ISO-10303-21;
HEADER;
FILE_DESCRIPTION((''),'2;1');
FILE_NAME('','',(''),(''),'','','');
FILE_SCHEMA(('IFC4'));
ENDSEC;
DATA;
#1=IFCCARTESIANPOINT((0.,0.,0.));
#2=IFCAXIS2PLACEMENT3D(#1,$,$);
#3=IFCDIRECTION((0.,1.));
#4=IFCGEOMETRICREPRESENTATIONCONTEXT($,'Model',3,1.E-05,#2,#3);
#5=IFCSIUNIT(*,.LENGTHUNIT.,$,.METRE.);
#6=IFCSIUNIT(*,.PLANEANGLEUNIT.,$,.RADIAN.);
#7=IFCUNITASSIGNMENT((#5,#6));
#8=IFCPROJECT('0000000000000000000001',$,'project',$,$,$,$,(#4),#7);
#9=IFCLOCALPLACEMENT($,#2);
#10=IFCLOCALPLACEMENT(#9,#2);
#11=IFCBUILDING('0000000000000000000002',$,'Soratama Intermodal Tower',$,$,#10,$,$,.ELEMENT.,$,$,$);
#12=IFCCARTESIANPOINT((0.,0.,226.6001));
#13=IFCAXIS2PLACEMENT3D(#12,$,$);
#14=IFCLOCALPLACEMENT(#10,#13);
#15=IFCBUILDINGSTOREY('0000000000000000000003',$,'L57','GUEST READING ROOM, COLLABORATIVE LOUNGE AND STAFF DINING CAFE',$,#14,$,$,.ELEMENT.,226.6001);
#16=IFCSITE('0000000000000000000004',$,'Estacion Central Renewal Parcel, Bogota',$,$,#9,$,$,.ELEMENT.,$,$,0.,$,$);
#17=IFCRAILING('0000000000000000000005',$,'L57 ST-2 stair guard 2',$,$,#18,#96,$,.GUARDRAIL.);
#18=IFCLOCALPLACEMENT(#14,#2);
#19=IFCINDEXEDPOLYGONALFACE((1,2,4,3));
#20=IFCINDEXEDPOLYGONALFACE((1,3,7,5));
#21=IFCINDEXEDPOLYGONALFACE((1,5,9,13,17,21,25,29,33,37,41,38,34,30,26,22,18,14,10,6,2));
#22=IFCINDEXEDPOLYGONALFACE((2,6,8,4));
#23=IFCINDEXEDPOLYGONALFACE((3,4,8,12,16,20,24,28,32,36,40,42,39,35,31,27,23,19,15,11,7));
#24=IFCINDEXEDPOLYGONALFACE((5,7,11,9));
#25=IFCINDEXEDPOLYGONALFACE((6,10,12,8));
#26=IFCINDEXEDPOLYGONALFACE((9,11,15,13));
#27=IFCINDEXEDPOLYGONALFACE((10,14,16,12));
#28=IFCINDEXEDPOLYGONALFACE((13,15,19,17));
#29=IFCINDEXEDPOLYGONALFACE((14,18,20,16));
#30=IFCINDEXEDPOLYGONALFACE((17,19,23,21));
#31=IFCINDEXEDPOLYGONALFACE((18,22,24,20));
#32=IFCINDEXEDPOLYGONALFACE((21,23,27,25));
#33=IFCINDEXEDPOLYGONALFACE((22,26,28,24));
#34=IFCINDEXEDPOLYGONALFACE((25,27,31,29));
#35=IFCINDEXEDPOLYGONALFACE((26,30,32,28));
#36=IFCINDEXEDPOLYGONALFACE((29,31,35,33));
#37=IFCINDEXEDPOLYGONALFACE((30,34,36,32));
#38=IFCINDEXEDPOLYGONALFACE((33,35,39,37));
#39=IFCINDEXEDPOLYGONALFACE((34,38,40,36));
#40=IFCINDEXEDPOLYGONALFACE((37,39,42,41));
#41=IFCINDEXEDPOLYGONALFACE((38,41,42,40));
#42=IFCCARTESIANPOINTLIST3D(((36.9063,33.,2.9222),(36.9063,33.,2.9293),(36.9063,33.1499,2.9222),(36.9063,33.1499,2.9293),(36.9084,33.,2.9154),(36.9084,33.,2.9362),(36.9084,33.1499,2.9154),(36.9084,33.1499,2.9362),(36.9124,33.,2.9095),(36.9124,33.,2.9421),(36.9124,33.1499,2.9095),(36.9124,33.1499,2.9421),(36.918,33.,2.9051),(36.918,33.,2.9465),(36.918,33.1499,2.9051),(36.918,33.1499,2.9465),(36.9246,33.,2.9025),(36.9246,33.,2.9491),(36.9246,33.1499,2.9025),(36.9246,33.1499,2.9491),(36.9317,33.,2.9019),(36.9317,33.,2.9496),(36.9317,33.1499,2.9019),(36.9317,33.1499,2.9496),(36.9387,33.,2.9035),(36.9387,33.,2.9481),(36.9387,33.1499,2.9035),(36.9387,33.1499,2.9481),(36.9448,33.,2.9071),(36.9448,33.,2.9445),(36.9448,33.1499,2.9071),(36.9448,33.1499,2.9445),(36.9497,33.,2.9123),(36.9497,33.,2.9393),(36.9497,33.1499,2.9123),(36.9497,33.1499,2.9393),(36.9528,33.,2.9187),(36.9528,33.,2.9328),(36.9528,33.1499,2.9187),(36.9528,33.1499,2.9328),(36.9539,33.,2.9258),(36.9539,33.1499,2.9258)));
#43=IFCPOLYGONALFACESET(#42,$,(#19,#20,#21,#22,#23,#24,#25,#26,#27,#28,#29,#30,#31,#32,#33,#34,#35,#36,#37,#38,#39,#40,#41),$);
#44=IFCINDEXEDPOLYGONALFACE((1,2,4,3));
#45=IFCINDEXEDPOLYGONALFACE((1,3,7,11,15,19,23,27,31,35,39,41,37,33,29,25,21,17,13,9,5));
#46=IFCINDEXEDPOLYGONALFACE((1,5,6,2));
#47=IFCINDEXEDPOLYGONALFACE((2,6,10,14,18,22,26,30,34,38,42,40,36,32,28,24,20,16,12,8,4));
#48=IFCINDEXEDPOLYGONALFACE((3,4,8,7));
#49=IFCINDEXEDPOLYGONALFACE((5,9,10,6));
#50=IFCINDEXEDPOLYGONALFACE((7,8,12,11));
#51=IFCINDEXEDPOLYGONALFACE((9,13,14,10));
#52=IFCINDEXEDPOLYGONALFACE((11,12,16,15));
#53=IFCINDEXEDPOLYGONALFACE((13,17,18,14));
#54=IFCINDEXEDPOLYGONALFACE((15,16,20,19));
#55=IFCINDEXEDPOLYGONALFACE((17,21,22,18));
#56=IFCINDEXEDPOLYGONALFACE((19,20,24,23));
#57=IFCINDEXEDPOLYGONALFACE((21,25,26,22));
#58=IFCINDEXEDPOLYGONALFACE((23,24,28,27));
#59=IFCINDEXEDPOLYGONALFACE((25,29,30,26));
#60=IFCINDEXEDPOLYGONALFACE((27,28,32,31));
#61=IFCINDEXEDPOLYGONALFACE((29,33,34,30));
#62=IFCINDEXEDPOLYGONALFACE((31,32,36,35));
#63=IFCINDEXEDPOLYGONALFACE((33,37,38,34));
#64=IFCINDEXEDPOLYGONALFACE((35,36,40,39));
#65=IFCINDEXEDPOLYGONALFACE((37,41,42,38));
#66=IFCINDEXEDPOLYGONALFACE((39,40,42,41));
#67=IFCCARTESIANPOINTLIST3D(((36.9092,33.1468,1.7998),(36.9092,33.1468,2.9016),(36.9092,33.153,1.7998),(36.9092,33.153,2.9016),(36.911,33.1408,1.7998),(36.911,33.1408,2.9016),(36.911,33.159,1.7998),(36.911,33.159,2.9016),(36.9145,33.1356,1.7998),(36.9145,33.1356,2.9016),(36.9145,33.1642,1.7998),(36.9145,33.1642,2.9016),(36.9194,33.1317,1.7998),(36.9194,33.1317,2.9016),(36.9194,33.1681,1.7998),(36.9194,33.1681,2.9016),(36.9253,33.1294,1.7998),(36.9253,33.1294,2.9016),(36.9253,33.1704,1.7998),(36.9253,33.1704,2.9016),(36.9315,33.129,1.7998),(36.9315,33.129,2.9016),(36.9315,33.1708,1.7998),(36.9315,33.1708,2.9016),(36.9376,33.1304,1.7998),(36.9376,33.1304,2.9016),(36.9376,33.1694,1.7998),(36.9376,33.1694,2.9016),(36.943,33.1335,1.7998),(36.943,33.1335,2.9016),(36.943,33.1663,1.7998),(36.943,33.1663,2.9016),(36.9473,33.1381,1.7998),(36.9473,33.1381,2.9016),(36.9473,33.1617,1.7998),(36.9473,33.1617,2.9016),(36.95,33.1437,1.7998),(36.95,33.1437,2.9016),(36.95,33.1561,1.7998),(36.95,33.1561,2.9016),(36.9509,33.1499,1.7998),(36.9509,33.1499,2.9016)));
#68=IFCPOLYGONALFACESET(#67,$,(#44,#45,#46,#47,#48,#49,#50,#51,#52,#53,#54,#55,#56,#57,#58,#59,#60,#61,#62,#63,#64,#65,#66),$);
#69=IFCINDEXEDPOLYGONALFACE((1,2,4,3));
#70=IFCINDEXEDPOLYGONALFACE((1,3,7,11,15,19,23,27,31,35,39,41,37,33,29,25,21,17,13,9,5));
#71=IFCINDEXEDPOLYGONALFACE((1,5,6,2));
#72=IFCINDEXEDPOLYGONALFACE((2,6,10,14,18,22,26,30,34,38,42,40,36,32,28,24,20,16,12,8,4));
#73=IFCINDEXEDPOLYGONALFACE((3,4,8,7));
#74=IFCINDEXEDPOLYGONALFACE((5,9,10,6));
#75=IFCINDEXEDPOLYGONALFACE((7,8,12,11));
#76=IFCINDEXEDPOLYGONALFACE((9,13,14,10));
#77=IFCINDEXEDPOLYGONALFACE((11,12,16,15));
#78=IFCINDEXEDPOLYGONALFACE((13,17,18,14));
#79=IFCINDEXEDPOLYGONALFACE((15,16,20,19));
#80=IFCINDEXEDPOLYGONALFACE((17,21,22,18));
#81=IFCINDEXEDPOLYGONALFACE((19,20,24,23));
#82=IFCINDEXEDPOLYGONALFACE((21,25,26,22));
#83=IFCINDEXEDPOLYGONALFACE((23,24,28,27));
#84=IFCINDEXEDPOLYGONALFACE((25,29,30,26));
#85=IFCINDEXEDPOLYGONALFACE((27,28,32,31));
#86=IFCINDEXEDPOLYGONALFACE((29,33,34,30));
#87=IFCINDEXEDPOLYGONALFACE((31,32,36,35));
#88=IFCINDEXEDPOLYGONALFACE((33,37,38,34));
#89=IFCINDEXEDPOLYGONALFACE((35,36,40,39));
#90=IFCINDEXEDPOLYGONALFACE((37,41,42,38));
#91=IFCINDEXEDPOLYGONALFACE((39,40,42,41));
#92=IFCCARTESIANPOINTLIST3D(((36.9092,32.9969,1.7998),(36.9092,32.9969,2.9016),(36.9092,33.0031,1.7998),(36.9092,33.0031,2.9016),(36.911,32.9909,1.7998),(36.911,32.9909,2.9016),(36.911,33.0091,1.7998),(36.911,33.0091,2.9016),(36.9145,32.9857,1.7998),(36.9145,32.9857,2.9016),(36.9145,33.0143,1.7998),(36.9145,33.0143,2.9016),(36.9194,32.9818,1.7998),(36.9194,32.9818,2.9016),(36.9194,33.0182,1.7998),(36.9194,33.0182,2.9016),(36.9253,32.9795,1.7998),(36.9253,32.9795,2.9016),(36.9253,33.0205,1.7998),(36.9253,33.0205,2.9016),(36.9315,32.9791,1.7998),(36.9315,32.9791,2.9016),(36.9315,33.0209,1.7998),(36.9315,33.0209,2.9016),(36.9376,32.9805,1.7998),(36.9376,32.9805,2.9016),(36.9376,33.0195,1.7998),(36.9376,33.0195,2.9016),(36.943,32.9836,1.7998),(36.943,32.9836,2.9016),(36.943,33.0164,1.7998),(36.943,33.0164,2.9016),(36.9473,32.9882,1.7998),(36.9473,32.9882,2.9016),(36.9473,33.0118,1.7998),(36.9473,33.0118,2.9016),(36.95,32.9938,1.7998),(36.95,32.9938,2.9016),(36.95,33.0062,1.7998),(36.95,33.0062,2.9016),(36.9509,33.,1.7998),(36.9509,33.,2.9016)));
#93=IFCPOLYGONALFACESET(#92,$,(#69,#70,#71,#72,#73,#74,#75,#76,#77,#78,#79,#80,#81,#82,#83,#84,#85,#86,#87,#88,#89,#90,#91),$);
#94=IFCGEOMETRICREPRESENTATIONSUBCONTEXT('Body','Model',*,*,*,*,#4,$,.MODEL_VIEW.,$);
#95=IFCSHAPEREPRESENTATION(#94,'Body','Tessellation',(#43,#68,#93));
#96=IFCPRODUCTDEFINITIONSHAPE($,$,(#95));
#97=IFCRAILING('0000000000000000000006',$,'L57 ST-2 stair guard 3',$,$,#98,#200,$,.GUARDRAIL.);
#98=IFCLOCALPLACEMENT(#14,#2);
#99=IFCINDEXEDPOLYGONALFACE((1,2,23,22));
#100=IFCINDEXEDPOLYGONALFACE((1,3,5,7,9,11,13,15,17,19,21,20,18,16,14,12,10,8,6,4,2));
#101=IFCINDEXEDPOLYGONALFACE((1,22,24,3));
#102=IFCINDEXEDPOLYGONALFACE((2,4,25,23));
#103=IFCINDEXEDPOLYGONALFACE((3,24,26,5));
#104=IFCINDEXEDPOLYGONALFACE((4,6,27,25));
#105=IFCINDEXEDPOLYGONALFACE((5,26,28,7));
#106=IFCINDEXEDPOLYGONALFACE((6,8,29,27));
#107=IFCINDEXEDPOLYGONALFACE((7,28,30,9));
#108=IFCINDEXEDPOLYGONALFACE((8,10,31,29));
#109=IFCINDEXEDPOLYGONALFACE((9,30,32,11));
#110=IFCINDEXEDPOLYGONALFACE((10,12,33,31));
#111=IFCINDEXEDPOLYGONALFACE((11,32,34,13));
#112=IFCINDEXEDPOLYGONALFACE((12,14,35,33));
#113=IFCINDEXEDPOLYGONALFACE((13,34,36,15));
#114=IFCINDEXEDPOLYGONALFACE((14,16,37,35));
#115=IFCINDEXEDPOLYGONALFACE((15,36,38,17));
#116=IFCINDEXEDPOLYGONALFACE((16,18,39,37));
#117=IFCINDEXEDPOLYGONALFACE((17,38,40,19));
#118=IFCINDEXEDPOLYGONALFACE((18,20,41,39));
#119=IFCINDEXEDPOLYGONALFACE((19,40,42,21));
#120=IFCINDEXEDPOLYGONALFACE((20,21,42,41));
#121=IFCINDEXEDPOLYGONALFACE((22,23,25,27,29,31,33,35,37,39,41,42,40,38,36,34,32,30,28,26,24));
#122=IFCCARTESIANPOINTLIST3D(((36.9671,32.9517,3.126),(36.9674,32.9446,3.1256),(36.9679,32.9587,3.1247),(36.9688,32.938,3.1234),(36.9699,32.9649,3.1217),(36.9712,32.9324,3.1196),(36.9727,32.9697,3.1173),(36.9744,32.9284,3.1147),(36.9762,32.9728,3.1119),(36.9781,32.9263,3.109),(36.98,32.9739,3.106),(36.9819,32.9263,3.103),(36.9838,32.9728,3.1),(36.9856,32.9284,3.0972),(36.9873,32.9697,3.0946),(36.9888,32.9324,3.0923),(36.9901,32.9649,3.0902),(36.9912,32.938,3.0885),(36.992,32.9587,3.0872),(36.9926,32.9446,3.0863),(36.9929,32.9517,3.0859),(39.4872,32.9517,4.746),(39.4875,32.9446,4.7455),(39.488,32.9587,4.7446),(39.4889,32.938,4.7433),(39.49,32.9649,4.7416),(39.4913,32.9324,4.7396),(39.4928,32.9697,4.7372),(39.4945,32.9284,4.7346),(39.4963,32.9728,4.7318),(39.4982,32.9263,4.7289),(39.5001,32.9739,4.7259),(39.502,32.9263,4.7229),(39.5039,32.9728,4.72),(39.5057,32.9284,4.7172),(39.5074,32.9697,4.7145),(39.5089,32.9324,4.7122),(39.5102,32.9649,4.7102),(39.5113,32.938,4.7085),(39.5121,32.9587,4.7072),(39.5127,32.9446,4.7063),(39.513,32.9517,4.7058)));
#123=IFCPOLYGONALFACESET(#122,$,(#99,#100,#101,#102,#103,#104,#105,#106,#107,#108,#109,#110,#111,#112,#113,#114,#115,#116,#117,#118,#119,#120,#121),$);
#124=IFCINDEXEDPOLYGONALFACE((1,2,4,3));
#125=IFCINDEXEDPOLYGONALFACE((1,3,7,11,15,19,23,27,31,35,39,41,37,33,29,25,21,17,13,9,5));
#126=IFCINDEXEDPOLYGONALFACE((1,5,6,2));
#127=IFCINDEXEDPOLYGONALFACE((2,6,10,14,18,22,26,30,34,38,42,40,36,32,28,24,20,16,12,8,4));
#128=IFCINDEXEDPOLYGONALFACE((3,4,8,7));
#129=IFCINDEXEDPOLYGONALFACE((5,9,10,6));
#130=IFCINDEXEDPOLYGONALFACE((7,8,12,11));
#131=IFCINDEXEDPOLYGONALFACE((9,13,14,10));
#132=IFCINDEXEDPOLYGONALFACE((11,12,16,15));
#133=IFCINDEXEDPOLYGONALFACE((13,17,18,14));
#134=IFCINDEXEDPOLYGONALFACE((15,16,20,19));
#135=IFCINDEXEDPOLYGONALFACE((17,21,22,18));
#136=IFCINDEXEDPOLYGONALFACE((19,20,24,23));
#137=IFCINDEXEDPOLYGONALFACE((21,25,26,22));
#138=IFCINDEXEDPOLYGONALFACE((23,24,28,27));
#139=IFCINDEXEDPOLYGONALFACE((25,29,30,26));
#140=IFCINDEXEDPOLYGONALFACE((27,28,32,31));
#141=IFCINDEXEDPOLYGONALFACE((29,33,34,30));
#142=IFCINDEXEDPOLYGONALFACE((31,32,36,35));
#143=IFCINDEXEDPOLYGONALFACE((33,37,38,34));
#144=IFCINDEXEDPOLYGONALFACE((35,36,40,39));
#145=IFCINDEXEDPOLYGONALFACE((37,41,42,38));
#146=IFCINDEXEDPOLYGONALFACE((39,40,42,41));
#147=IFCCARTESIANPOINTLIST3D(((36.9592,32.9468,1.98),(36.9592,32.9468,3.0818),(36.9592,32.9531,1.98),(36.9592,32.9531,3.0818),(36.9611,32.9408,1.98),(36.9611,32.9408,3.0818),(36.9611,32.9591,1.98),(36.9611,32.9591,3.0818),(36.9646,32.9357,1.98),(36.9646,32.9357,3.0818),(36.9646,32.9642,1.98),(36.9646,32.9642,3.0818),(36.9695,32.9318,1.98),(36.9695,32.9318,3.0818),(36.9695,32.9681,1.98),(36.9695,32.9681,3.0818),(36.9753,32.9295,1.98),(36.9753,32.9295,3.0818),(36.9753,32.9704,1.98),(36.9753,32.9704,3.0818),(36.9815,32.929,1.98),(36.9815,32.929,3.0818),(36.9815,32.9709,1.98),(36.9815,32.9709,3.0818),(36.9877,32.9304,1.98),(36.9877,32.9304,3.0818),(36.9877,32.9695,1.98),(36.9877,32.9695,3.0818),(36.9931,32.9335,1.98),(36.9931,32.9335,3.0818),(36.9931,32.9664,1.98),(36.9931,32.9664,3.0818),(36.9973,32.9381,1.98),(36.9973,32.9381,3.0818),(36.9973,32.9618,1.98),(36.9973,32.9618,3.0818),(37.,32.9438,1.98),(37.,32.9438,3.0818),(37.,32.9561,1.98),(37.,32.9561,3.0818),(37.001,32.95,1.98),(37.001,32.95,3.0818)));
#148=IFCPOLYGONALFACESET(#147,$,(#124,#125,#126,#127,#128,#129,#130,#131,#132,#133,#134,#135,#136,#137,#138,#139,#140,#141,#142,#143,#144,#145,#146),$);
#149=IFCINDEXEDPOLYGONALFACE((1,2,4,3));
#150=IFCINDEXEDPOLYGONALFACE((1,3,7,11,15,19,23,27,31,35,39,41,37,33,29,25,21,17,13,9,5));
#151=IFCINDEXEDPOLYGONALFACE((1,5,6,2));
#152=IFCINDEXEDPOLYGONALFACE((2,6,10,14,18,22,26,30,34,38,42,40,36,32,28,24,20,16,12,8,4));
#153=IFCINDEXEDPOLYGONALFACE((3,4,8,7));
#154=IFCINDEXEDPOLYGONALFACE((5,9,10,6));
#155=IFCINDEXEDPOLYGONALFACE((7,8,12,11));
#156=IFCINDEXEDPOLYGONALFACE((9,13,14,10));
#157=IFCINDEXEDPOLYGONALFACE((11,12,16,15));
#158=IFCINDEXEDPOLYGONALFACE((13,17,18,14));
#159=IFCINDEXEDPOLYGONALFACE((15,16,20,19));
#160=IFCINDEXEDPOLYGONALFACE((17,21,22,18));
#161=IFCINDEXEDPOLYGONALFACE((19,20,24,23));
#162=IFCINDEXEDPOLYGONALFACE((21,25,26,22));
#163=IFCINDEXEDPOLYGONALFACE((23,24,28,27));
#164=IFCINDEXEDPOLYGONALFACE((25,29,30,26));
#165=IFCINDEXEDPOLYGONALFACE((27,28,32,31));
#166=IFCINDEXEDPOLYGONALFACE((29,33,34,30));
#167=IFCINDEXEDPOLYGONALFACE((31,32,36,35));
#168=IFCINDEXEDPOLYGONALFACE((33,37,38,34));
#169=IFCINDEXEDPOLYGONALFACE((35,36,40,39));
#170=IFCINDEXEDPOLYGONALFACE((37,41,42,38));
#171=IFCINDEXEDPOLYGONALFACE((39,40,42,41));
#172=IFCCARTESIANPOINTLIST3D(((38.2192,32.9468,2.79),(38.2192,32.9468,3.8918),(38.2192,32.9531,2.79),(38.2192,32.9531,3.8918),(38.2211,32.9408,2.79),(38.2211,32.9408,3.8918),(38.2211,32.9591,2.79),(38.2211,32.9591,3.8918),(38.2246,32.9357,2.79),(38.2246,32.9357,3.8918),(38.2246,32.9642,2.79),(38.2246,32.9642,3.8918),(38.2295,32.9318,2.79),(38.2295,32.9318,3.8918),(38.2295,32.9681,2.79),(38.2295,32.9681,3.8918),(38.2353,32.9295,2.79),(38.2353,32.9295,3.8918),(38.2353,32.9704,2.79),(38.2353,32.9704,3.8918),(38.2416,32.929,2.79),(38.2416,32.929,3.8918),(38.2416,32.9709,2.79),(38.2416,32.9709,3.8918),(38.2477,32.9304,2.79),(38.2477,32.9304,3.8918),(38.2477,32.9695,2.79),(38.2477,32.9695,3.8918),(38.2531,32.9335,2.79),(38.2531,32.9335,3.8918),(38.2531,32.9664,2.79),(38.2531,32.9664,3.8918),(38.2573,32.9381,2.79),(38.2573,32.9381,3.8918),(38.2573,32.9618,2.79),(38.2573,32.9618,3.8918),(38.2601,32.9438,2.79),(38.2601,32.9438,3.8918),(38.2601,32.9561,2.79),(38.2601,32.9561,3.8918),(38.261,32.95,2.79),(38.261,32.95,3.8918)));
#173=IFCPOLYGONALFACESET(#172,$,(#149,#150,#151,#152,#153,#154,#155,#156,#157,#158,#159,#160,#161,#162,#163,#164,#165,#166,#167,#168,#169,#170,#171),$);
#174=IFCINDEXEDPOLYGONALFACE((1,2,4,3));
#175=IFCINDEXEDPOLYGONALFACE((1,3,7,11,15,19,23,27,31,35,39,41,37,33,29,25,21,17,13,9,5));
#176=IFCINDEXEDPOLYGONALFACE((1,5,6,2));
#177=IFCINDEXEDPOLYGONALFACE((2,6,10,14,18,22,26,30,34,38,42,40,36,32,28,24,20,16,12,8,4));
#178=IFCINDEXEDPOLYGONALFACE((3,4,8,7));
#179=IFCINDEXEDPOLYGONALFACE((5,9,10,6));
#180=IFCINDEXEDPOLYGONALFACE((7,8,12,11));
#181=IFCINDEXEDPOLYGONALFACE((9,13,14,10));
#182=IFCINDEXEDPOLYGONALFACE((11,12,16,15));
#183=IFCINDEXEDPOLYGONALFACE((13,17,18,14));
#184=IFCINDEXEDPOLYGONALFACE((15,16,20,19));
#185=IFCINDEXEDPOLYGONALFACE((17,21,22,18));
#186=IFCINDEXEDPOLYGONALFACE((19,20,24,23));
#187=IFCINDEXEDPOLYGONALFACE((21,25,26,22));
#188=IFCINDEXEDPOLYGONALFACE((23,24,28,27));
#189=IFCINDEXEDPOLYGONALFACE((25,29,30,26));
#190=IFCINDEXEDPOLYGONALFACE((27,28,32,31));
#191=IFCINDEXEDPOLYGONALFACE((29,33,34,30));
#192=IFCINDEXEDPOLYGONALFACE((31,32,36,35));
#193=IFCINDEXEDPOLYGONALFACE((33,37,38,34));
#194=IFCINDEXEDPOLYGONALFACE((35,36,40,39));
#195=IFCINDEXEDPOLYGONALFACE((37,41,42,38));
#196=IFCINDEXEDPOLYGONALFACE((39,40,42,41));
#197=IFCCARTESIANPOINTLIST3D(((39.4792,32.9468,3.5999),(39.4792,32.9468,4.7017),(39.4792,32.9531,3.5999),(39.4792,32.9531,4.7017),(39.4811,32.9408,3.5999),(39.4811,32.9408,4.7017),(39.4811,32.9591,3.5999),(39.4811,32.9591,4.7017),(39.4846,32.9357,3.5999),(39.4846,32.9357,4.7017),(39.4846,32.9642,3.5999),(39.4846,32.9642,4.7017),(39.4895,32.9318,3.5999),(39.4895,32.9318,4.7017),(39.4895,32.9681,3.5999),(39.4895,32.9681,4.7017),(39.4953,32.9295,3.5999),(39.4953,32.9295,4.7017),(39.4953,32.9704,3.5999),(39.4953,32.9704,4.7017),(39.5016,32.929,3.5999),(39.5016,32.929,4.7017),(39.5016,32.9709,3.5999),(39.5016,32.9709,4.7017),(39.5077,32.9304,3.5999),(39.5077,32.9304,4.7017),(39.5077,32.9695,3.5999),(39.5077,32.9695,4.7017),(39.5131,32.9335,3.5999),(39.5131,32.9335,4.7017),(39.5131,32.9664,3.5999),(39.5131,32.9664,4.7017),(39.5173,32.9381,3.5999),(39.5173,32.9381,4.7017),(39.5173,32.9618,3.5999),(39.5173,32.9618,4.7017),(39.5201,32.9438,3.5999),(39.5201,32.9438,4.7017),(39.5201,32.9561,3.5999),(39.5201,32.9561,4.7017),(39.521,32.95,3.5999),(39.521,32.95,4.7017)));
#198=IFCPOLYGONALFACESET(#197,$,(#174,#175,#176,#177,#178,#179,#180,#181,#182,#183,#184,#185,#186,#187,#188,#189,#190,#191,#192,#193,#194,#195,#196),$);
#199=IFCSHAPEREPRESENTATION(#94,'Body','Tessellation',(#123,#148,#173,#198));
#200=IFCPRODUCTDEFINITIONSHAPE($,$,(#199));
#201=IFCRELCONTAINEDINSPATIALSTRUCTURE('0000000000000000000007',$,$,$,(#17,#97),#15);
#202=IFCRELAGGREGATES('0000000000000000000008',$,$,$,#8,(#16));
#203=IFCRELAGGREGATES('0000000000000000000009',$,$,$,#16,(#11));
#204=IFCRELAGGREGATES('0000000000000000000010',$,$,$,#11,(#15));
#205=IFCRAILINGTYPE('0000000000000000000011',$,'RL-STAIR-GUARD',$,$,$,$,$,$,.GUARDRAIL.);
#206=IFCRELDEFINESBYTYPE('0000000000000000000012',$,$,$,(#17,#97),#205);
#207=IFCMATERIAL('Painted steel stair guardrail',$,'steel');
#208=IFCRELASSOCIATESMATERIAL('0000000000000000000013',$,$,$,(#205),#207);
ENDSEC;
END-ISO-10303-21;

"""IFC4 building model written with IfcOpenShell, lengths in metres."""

from ifc_helpers import new_model, si_unit, direction, frame, origin, origin_2d, place, context, subcontext, project, spatial, circle, extrude, material, type_object, element, save


model = new_model("IFC4")

# Units and contexts
model_context = context("Model", 3, precision=1e-05, world=origin(), true_north=direction((0.0, 1.0)))
body_context = subcontext(model_context, "Body", "Model", "MODEL_VIEW")
ifc_project = project(units=[si_unit("LENGTHUNIT", "METRE"), si_unit("PLANEANGLEUNIT", "RADIAN")], contexts=[model_context])

# Site, building, storey
site_placement = place(None, origin())
site = spatial("IfcSite", under=ifc_project, at=site_placement, Name="Estacion Central Renewal Parcel, Bogota", CompositionType="ELEMENT", RefElevation=0.0)
building_placement = place(site_placement, origin())
building = spatial("IfcBuilding", under=site, at=building_placement, Name="Soratama Intermodal Tower", CompositionType="ELEMENT")
storey_placement = place(building_placement, frame((0.0, 0.0, 226.6001)))
storey = spatial("IfcBuildingStorey", under=building, at=storey_placement, Name="L57", Description="GUEST READING ROOM, COLLABORATIVE LOUNGE AND STAFF DINING CAFE", CompositionType="ELEMENT", Elevation=226.6001)

# Railings
ifc_material_1 = material(Name="Painted steel stair guardrail", Category="steel")
railing_type_1 = type_object("IfcRailingType", Name="RL-STAIR-GUARD", PredefinedType="GUARDRAIL", material=ifc_material_1)
railing_1_placement = place(storey_placement, frame((36.9299, 33.1499, 1.7998)))
element("IfcRailing", 1, at=railing_1_placement, inside=storey, type_object=railing_type_1, Name="L57 ST-2 stair guard 2", PredefinedType="GUARDRAIL", context=body_context, shape_type="SweptSolid", body=[
    extrude(circle(Radius=0.0239, at=origin_2d()), frame((0.0, 0.0, 1.126), z_axis=(0.0, -1.0, 0.0), x_axis=(1.0, 0.0, 0.0)), (0.0, 0.0, 1.0), 0.1499),
    extrude(circle(Radius=0.021, at=origin_2d()), origin(), (0.0, 0.0, 1.0), 1.1018),
    extrude(circle(Radius=0.021, at=origin_2d()), frame((0.0, -0.1499, 0.0)), (0.0, 0.0, 1.0), 1.1018),
])
railing_2_placement = place(storey_placement, frame((36.98, 32.95, 1.98)))
element("IfcRailing", 2, at=railing_2_placement, inside=storey, type_object=railing_type_1, Name="L57 ST-2 stair guard 3", PredefinedType="GUARDRAIL", context=body_context, shape_type="SweptSolid", body=[
    extrude(circle(Radius=0.0239, at=origin_2d()), frame((0.0, 0.0, 1.126), z_axis=(0.8412, 0.0, 0.540725), x_axis=(0.0, 1.0, 0.0)), (0.0, 0.0, 1.0), 2.9958),
    extrude(circle(Radius=0.021, at=origin_2d()), origin(), (0.0, 0.0, 1.0), 1.1018),
    extrude(circle(Radius=0.021, at=origin_2d()), frame((1.26, 0.0, 0.8101)), (0.0, 0.0, 1.0), 1.1018),
    extrude(circle(Radius=0.021, at=origin_2d()), frame((2.52, 0.0, 1.6199)), (0.0, 0.0, 1.0), 1.1018),
])

save(model, "model.ifc")
